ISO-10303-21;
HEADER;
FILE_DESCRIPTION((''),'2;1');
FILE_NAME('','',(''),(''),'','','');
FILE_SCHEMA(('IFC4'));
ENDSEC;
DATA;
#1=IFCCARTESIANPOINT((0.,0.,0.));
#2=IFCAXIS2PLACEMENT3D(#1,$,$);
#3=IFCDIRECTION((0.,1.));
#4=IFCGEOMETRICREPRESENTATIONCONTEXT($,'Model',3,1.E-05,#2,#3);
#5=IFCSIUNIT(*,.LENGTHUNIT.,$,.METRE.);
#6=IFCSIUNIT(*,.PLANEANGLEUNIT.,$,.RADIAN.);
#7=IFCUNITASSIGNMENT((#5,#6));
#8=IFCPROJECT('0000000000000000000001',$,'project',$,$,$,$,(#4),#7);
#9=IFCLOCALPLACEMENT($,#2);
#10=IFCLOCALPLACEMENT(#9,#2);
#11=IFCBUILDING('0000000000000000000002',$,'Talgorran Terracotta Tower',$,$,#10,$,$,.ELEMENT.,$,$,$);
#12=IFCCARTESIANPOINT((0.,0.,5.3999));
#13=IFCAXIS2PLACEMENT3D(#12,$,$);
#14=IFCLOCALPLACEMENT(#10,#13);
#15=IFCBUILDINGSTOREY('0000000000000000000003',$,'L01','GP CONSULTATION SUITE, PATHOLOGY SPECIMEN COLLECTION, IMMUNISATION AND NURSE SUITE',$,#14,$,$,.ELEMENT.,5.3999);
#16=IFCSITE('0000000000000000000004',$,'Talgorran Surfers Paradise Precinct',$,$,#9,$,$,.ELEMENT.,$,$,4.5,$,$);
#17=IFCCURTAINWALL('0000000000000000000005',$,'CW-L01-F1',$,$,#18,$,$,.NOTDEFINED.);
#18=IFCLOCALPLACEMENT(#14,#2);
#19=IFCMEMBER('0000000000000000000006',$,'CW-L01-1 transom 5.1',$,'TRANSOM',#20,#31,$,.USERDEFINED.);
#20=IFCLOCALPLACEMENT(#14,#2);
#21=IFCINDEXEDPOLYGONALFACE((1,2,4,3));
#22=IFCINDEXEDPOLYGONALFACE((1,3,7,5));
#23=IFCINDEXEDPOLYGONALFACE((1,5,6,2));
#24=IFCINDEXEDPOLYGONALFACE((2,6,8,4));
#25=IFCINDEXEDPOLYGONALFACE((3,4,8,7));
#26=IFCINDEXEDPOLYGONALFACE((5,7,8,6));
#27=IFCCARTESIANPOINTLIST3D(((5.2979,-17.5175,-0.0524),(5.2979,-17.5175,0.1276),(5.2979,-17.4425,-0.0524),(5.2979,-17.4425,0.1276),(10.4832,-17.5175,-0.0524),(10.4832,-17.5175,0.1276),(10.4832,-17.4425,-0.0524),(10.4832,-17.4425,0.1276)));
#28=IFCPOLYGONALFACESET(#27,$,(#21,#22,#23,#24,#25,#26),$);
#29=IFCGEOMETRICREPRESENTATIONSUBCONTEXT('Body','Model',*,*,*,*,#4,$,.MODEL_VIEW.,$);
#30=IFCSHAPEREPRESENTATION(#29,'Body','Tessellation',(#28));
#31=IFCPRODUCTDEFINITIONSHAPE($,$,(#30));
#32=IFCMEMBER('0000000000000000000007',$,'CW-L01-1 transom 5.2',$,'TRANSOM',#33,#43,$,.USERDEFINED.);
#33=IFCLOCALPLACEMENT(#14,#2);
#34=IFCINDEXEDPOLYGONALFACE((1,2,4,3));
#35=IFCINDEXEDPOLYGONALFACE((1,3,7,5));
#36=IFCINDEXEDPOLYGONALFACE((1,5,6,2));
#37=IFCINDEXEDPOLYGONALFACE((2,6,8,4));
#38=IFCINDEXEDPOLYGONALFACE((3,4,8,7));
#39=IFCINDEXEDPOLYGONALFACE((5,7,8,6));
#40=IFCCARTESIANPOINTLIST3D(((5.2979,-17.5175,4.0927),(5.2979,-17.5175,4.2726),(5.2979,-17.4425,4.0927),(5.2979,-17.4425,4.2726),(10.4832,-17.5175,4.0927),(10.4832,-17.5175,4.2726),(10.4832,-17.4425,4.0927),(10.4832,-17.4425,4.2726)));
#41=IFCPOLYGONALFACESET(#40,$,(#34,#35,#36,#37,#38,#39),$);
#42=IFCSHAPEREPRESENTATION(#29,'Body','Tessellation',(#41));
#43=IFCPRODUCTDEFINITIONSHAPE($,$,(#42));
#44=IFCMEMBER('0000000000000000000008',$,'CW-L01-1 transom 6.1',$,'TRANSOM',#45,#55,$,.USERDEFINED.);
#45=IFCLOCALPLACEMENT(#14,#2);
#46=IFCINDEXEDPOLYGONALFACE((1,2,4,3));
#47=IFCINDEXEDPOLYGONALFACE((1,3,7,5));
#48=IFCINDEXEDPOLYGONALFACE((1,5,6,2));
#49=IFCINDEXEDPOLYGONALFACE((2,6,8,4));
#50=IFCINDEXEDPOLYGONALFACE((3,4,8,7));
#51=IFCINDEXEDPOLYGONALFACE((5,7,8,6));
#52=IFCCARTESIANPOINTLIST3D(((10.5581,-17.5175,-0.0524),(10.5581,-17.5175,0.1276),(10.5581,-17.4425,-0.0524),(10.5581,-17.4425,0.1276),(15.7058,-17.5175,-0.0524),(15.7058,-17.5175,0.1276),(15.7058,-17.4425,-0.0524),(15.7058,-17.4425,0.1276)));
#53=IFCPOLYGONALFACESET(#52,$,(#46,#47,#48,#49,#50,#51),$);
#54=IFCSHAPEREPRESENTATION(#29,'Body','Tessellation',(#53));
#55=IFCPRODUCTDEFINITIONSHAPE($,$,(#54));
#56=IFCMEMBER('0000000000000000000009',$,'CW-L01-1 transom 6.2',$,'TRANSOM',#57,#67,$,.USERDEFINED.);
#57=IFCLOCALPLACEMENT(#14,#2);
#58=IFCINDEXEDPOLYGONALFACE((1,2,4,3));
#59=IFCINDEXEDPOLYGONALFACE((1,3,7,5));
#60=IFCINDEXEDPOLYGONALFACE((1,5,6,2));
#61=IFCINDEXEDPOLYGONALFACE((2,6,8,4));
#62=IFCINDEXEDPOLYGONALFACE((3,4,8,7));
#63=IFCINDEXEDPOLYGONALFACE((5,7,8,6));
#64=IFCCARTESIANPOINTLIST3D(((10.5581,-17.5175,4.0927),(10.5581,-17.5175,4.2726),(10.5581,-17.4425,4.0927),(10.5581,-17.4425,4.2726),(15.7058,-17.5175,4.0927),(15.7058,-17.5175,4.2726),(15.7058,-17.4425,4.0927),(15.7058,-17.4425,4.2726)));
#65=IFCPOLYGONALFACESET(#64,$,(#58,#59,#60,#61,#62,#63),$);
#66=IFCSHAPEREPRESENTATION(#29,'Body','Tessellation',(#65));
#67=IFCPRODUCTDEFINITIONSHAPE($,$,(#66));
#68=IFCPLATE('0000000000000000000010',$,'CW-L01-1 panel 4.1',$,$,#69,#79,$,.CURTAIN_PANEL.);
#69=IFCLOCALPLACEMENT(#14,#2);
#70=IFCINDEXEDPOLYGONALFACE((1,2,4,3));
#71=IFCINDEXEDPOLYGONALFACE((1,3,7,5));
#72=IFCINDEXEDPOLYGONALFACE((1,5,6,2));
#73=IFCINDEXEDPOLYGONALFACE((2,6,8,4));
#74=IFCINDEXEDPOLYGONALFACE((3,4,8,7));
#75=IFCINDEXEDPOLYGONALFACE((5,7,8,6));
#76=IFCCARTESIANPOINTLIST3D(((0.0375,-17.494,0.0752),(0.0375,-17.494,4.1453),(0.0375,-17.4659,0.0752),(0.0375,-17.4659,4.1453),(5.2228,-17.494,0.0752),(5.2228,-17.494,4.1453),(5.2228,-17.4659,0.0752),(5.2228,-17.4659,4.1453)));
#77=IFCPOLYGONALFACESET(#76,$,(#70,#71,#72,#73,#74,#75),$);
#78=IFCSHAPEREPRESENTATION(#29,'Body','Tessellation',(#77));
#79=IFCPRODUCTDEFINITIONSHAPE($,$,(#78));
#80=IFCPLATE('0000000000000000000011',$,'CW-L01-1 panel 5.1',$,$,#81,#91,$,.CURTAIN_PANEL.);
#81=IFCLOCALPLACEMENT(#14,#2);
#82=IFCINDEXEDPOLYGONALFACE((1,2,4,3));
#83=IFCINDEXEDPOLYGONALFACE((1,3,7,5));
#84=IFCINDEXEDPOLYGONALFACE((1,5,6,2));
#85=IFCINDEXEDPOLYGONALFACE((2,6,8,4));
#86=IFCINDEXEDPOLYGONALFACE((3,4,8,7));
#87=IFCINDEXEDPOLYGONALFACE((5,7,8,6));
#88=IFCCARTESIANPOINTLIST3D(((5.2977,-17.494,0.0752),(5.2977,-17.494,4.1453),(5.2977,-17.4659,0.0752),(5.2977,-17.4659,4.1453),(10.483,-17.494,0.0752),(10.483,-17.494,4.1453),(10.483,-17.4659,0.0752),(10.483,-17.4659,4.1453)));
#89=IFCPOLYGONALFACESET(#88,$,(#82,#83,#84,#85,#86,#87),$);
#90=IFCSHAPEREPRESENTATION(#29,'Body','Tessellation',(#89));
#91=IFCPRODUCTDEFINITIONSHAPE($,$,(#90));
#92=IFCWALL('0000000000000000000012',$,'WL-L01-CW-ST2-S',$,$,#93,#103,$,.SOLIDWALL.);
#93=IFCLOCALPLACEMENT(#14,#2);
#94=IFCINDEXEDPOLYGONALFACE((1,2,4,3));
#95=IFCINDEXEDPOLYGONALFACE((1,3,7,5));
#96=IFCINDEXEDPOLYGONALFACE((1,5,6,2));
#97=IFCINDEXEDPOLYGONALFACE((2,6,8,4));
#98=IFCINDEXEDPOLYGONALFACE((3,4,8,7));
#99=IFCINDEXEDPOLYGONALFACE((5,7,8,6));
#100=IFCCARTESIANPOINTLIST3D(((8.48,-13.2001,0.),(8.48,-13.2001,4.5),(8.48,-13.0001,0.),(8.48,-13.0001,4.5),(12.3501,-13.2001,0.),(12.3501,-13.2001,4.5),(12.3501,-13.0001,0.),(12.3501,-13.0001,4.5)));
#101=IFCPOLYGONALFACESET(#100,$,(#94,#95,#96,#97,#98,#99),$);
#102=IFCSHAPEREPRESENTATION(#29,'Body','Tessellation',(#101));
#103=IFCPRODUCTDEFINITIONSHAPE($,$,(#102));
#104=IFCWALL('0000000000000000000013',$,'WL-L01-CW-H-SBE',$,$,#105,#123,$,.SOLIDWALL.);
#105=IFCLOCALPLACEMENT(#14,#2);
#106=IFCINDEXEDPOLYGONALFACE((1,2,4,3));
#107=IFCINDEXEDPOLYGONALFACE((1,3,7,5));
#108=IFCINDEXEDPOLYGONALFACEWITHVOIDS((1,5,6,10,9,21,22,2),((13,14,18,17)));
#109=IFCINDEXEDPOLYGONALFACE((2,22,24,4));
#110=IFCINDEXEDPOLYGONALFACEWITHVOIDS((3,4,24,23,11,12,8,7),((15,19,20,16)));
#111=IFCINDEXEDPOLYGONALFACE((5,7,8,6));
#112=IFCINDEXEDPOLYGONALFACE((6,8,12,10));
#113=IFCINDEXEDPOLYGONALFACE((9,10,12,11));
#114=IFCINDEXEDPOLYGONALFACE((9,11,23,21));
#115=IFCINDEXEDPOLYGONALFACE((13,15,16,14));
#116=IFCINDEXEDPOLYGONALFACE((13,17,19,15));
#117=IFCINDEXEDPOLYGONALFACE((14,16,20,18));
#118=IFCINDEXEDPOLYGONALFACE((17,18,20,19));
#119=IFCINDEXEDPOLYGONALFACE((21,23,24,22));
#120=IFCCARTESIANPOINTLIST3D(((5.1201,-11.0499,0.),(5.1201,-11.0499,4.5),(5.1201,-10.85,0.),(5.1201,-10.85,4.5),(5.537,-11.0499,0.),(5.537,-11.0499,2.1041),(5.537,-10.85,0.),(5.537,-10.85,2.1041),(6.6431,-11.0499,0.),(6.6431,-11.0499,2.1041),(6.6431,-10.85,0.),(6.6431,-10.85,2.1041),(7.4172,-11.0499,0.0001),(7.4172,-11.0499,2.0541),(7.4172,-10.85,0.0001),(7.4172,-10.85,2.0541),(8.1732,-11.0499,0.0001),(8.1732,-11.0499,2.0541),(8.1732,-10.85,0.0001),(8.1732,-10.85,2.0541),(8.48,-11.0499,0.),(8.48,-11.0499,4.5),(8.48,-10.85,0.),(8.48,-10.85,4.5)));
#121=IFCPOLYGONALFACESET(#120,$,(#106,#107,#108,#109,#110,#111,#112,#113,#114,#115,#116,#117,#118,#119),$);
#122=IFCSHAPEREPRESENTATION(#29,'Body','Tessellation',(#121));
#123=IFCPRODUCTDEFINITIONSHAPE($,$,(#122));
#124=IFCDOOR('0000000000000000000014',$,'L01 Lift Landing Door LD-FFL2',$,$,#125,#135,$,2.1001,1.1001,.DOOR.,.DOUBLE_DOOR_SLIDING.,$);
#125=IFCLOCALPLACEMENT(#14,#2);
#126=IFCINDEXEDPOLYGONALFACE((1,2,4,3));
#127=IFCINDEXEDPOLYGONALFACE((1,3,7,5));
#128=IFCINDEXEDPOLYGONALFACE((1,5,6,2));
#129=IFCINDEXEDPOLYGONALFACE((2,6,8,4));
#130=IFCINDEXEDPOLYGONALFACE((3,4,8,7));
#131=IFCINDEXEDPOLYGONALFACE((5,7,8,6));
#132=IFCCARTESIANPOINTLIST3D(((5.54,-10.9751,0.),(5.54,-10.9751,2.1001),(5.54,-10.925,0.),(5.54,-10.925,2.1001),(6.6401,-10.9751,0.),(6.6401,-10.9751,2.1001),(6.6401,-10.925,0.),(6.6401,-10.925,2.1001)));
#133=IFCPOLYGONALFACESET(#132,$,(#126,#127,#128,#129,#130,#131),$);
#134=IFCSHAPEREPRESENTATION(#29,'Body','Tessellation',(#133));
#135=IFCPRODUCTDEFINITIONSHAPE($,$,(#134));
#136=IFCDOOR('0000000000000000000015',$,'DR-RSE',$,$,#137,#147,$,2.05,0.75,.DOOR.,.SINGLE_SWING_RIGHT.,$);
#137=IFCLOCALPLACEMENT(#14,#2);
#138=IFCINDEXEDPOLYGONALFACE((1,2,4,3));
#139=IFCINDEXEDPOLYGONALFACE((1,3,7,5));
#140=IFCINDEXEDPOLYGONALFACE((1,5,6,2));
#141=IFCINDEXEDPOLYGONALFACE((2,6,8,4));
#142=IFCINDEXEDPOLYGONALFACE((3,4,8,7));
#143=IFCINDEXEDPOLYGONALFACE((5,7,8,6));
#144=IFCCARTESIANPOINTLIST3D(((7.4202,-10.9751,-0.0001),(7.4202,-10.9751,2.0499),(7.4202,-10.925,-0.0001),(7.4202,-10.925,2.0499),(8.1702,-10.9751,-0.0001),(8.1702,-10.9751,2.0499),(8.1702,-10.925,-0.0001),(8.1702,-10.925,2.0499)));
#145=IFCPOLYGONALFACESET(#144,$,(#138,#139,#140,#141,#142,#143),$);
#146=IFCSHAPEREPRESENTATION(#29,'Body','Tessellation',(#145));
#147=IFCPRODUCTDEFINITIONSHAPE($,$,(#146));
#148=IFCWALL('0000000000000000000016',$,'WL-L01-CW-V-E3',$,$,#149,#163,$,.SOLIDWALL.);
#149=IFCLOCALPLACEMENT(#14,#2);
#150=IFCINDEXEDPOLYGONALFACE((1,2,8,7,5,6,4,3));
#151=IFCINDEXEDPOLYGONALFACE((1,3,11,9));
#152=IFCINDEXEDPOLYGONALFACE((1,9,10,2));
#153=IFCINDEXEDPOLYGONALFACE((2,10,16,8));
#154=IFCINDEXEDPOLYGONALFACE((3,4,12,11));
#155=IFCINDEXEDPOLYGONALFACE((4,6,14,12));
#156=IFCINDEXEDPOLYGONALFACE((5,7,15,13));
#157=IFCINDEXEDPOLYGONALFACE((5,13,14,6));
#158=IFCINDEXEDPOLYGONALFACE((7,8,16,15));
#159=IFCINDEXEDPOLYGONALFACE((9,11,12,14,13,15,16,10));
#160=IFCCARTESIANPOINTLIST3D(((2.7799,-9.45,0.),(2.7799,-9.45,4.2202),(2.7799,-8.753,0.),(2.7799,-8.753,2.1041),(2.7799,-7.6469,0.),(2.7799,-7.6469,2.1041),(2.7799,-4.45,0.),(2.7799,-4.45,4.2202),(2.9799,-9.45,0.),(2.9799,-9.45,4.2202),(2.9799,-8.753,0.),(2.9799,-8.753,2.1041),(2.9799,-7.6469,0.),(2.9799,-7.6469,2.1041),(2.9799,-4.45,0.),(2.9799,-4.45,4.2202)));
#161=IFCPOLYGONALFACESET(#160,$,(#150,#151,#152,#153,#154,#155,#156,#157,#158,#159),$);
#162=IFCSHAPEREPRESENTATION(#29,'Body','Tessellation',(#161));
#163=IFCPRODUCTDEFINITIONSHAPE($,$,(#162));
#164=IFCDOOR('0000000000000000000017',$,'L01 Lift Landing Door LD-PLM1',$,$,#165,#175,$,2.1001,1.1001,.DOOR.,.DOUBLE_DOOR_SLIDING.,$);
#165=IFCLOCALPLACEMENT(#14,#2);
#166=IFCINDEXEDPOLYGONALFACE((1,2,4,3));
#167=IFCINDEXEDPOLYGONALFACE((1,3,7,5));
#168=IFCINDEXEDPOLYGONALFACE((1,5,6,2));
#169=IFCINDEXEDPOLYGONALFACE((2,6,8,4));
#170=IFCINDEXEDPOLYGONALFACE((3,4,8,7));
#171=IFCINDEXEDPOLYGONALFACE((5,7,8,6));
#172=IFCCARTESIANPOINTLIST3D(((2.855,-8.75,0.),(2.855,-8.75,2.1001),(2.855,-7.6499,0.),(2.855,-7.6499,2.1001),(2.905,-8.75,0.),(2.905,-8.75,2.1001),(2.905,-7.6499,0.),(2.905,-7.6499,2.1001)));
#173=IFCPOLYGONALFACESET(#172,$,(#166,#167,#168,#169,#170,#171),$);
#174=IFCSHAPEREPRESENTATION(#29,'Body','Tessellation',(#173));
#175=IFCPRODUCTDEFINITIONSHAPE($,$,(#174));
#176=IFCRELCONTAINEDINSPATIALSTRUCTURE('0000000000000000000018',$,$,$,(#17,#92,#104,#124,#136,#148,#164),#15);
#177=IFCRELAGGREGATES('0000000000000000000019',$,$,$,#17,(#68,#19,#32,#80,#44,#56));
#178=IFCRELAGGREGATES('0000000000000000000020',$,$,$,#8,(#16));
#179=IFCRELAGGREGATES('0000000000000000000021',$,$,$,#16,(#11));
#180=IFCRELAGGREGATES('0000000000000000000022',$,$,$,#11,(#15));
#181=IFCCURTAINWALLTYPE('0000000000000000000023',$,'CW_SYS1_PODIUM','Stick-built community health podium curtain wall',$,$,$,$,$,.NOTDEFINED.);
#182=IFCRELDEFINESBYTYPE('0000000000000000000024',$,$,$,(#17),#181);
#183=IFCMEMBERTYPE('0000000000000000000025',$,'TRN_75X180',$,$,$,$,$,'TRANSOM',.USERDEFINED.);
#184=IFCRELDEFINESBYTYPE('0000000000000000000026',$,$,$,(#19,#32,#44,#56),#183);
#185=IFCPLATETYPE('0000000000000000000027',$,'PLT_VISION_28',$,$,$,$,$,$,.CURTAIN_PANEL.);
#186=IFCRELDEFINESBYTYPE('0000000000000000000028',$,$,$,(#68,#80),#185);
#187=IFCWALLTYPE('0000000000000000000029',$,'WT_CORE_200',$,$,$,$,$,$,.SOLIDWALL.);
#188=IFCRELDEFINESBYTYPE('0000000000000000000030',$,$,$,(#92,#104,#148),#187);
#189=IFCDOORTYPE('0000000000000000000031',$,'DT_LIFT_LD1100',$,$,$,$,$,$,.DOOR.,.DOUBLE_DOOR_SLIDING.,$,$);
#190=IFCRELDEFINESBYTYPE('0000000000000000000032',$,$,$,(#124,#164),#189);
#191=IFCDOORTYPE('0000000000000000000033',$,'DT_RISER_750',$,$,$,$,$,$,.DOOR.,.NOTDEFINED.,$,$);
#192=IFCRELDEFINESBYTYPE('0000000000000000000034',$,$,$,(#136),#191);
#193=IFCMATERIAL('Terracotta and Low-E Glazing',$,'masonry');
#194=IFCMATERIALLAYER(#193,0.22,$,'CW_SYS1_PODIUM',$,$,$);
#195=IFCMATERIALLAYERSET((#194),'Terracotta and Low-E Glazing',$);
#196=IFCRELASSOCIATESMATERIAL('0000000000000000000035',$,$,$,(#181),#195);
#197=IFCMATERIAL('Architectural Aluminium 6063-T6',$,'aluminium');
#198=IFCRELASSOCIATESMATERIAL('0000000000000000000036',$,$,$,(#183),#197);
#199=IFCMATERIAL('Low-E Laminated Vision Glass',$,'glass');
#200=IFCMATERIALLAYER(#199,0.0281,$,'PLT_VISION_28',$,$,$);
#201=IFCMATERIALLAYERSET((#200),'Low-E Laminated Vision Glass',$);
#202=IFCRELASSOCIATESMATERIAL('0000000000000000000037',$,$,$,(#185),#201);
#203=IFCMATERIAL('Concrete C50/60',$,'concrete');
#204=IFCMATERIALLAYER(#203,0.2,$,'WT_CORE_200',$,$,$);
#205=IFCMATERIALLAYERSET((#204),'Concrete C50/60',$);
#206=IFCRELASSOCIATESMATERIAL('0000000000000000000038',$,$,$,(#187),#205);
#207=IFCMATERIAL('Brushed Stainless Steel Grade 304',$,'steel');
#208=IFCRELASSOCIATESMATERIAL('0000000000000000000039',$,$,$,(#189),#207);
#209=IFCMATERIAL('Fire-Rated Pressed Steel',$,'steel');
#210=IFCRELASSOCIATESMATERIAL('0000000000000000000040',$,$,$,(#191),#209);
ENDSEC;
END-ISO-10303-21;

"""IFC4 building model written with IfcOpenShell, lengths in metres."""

from ifc_helpers import new_model, si_unit, direction, frame, frame_2d, origin, origin_2d, place, context, subcontext, project, spatial, rectangle, extrude, source, transform, mapped, material, layer, layer_set, material_profile, profile_set, type_object, type_shapes, element, fill, aggregate, save


model = new_model("IFC4")

# Units and contexts
model_context = context("Model", 3, precision=1e-05, world=origin(), true_north=direction((0.0, 1.0)))
body_context = subcontext(model_context, "Body", "Model", "MODEL_VIEW")
ifc_project = project(units=[si_unit("LENGTHUNIT", "METRE"), si_unit("PLANEANGLEUNIT", "RADIAN")], contexts=[model_context])

# Site, building, storey
site_placement = place(None, origin())
site = spatial("IfcSite", under=ifc_project, at=site_placement, Name="Talgorran Surfers Paradise Precinct", CompositionType="ELEMENT", RefElevation=4.5)
building_placement = place(site_placement, origin())
building = spatial("IfcBuilding", under=site, at=building_placement, Name="Talgorran Terracotta Tower", CompositionType="ELEMENT")
storey_placement = place(building_placement, frame((0.0, 0.0, 5.3999)))
storey = spatial("IfcBuildingStorey", under=building, at=storey_placement, Name="L01", Description="GP CONSULTATION SUITE, PATHOLOGY SPECIMEN COLLECTION, IMMUNISATION AND NURSE SUITE", CompositionType="ELEMENT", Elevation=5.3999)

# Curtain wall, members, plates
ifc_material_1 = material(Name="Terracotta and Low-E Glazing", Category="masonry")
ifc_layer_1 = layer(ifc_material_1, 0.22, Name="CW_SYS1_PODIUM")
ifc_layer_set_1 = layer_set([ifc_layer_1], Name="Terracotta and Low-E Glazing")
curtain_wall_type = type_object("IfcCurtainWallType", Name="CW_SYS1_PODIUM", Description="Stick-built community health podium curtain wall", PredefinedType="NOTDEFINED", material=ifc_layer_set_1)
curtain_wall_placement = place(storey_placement, origin())
curtain_wall = element("IfcCurtainWall", 1, at=curtain_wall_placement, inside=storey, type_object=curtain_wall_type, Name="CW-L01-F1", PredefinedType="NOTDEFINED")
ifc_material_2 = material(Name="Architectural Aluminium 6063-T6", Category="aluminium")
ifc_material_profile_1 = material_profile(ifc_material_2, rectangle(XDim=0.075, YDim=0.1799, at=origin_2d()), Name="CWT75X180")
ifc_profile_set_1 = profile_set([ifc_material_profile_1], Name="Architectural Aluminium 6063-T6")
member_type_1 = type_object("IfcMemberType", Name="TRN_75X180", ElementType="TRANSOM", PredefinedType="USERDEFINED", material=ifc_profile_set_1)
member_1_placement = place(storey_placement, frame((5.2979, -17.48, 0.0376), z_axis=(1.0, 0.0, 0.0), x_axis=(0.0, 1.0, 0.0)))
member_1 = element("IfcMember", 2, at=member_1_placement, type_object=member_type_1, Name="CW-L01-1 transom 5.1", ObjectType="TRANSOM", PredefinedType="USERDEFINED", context=body_context, shape_type="SweptSolid", body=[
    extrude(rectangle(XDim=0.075, YDim=0.1799, at=origin_2d()), origin(), (0.0, 0.0, 1.0), 5.1853),
])
member_2_placement = place(storey_placement, frame((5.2979, -17.48, 4.1826), z_axis=(1.0, 0.0, 0.0), x_axis=(0.0, 1.0, 0.0)))
member_2 = element("IfcMember", 3, at=member_2_placement, type_object=member_type_1, Name="CW-L01-1 transom 5.2", ObjectType="TRANSOM", PredefinedType="USERDEFINED", context=body_context, shape_type="SweptSolid", body=[
    extrude(rectangle(XDim=0.075, YDim=0.1799, at=origin_2d()), origin(), (0.0, 0.0, 1.0), 5.1853),
])
member_3_placement = place(storey_placement, frame((10.5581, -17.48, 0.0376), z_axis=(1.0, 0.0, 0.0), x_axis=(0.0, 1.0, 0.0)))
member_3 = element("IfcMember", 4, at=member_3_placement, type_object=member_type_1, Name="CW-L01-1 transom 6.1", ObjectType="TRANSOM", PredefinedType="USERDEFINED", context=body_context, shape_type="SweptSolid", body=[
    extrude(rectangle(XDim=0.075, YDim=0.1799, at=origin_2d()), origin(), (0.0, 0.0, 1.0), 5.1477),
])
member_4_placement = place(storey_placement, frame((10.5581, -17.48, 4.1826), z_axis=(1.0, 0.0, 0.0), x_axis=(0.0, 1.0, 0.0)))
member_4 = element("IfcMember", 5, at=member_4_placement, type_object=member_type_1, Name="CW-L01-1 transom 6.2", ObjectType="TRANSOM", PredefinedType="USERDEFINED", context=body_context, shape_type="SweptSolid", body=[
    extrude(rectangle(XDim=0.075, YDim=0.1799, at=origin_2d()), origin(), (0.0, 0.0, 1.0), 5.1477),
])
ifc_material_3 = material(Name="Low-E Laminated Vision Glass", Category="glass")
ifc_layer_2 = layer(ifc_material_3, 0.0281, Name="PLT_VISION_28")
ifc_layer_set_2 = layer_set([ifc_layer_2], Name="Low-E Laminated Vision Glass")
plate_type = type_object("IfcPlateType", Name="PLT_VISION_28", PredefinedType="CURTAIN_PANEL", material=ifc_layer_set_2)
shared_shape_1 = source(origin(), body_context, "Body", "SweptSolid", [
    extrude(rectangle(XDim=5.1853, YDim=0.0281, at=origin_2d()), origin(), (0.0, 0.0, 1.0), 4.0701),
])
type_shapes(plate_type, [shared_shape_1])
plate_1_placement = place(storey_placement, frame((2.6301, -17.48, 0.0752), z_axis=(0.0, 0.0, 1.0), x_axis=(1.0, 0.0, 0.0)))
plate_1 = element("IfcPlate", 6, at=plate_1_placement, type_object=plate_type, Name="CW-L01-1 panel 4.1", PredefinedType="CURTAIN_PANEL", context=body_context, shape_type="MappedRepresentation", body=[
    mapped(shared_shape_1, transform((0.0, 0.0, 0.0), scale=1.0)),
])
plate_2_placement = place(storey_placement, frame((7.8904, -17.48, 0.0752), z_axis=(0.0, 0.0, 1.0), x_axis=(1.0, 0.0, 0.0)))
plate_2 = element("IfcPlate", 7, at=plate_2_placement, type_object=plate_type, Name="CW-L01-1 panel 5.1", PredefinedType="CURTAIN_PANEL", context=body_context, shape_type="MappedRepresentation", body=[
    mapped(shared_shape_1, transform((0.0, 0.0, 0.0), scale=1.0)),
])
aggregate(curtain_wall, [plate_1, member_1, member_2, plate_2, member_3, member_4])

# Wall
ifc_material_4 = material(Name="Concrete C50/60", Category="concrete")
ifc_layer_3 = layer(ifc_material_4, 0.2, Name="WT_CORE_200")
ifc_layer_set_3 = layer_set([ifc_layer_3], Name="Concrete C50/60")
wall_type_1 = type_object("IfcWallType", Name="WT_CORE_200", PredefinedType="SOLIDWALL", material=ifc_layer_set_3)
wall_1_placement = place(storey_placement, frame((8.48, -13.1001, 0.0), z_axis=(0.0, 0.0, 1.0), x_axis=(1.0, 0.0, 0.0)))
element("IfcWall", 8, at=wall_1_placement, inside=storey, type_object=wall_type_1, Name="WL-L01-CW-ST2-S", PredefinedType="SOLIDWALL", context=body_context, shape_type="SweptSolid", body=[
    extrude(rectangle(XDim=3.8701, YDim=0.2, at=frame_2d((1.9351, 0.0))), origin(), (0.0, 0.0, 1.0), 4.5),
])

# Wall, openings, doors
wall_2_placement = place(storey_placement, frame((5.1201, -10.95, 0.0), z_axis=(0.0, 0.0, 1.0), x_axis=(1.0, 0.0, 0.0)))
wall_2 = element("IfcWall", 9, at=wall_2_placement, inside=storey, type_object=wall_type_1, Name="WL-L01-CW-H-SBE", PredefinedType="SOLIDWALL", context=body_context, shape_type="SweptSolid", body=[
    extrude(rectangle(XDim=3.3599, YDim=0.2, at=frame_2d((1.6799, 0.0))), origin(), (0.0, 0.0, 1.0), 4.5),
])
opening_1_placement = place(wall_2_placement, frame((0.4199, 0.0, 0.0)))
opening_1 = element("IfcOpeningElement", 10, at=opening_1_placement, cuts=wall_2, PredefinedType="OPENING", context=body_context, shape_type="SweptSolid", body=[
    extrude(rectangle(XDim=1.1061, YDim=2.1041, at=frame_2d((0.55, 1.052))), frame((0.0, 0.1099, 0.0), z_axis=(0.0, -1.0, 0.0), x_axis=(1.0, 0.0, 0.0)), (0.0, 0.0, 1.0), 0.22),
])
opening_2_placement = place(wall_2_placement, frame((2.3, 0.0, 0.0)))
opening_2 = element("IfcOpeningElement", 11, at=opening_2_placement, cuts=wall_2, PredefinedType="OPENING", context=body_context, shape_type="SweptSolid", body=[
    extrude(rectangle(XDim=0.756, YDim=2.054, at=frame_2d((0.375, 1.0271))), frame((0.0, 0.1099, 0.0), z_axis=(0.0, -1.0, 0.0), x_axis=(1.0, 0.0, 0.0)), (0.0, 0.0, 1.0), 0.22),
])
ifc_material_5 = material(Name="Brushed Stainless Steel Grade 304", Category="steel")
door_type_1 = type_object("IfcDoorType", Name="DT_LIFT_LD1100", OperationType="DOUBLE_DOOR_SLIDING", PredefinedType="DOOR", material=ifc_material_5)
door_1_placement = place(opening_1_placement, origin())
door_1 = element("IfcDoor", 12, at=door_1_placement, inside=storey, type_object=door_type_1, Name="L01 Lift Landing Door LD-FFL2", OperationType="DOUBLE_DOOR_SLIDING", OverallHeight=2.1001, OverallWidth=1.1001, PredefinedType="DOOR", context=body_context, shape_type="SweptSolid", body=[
    extrude(rectangle(XDim=1.1001, YDim=2.1001, at=frame_2d((0.55, 1.05))), frame((0.0, 0.0249, 0.0), z_axis=(0.0, -1.0, 0.0), x_axis=(1.0, 0.0, 0.0)), (0.0, 0.0, 1.0), 0.05),
])
fill(opening_1, door_1)
ifc_material_6 = material(Name="Fire-Rated Pressed Steel", Category="steel")
door_type_2 = type_object("IfcDoorType", Name="DT_RISER_750", OperationType="NOTDEFINED", PredefinedType="DOOR", material=ifc_material_6)
door_2_placement = place(opening_2_placement, origin())
door_2 = element("IfcDoor", 13, at=door_2_placement, inside=storey, type_object=door_type_2, Name="DR-RSE", OperationType="SINGLE_SWING_RIGHT", OverallHeight=2.05, OverallWidth=0.75, PredefinedType="DOOR", context=body_context, shape_type="SweptSolid", body=[
    extrude(rectangle(XDim=0.75, YDim=2.05, at=frame_2d((0.375, 1.0249))), frame((0.0, 0.0249, 0.0), z_axis=(0.0, -1.0, 0.0), x_axis=(1.0, 0.0, 0.0)), (0.0, 0.0, 1.0), 0.05),
])
fill(opening_2, door_2)

# Wall, opening, door
wall_3_placement = place(storey_placement, frame((2.8799, -9.45, 0.0), z_axis=(0.0, 0.0, 1.0), x_axis=(0.0, 1.0, 0.0)))
wall_3 = element("IfcWall", 14, at=wall_3_placement, inside=storey, type_object=wall_type_1, Name="WL-L01-CW-V-E3", PredefinedType="SOLIDWALL", context=body_context, shape_type="SweptSolid", body=[
    extrude(rectangle(XDim=5.0, YDim=0.2, at=frame_2d((2.5, 0.0))), origin(), (0.0, 0.0, 1.0), 4.2202),
])
opening_3_placement = place(wall_3_placement, frame((0.7, 0.0, 0.0)))
opening_3 = element("IfcOpeningElement", 15, at=opening_3_placement, cuts=wall_3, PredefinedType="OPENING", context=body_context, shape_type="SweptSolid", body=[
    extrude(rectangle(XDim=1.1061, YDim=2.1041, at=frame_2d((0.55, 1.052))), frame((0.0, 0.1099, 0.0), z_axis=(0.0, -1.0, 0.0), x_axis=(1.0, 0.0, 0.0)), (0.0, 0.0, 1.0), 0.22),
])
door_3_placement = place(opening_3_placement, origin())
door_3 = element("IfcDoor", 16, at=door_3_placement, inside=storey, type_object=door_type_1, Name="L01 Lift Landing Door LD-PLM1", OperationType="DOUBLE_DOOR_SLIDING", OverallHeight=2.1001, OverallWidth=1.1001, PredefinedType="DOOR", context=body_context, shape_type="SweptSolid", body=[
    extrude(rectangle(XDim=1.1001, YDim=2.1001, at=frame_2d((0.55, 1.05))), frame((0.0, 0.0249, 0.0), z_axis=(0.0, -1.0, 0.0), x_axis=(1.0, 0.0, 0.0)), (0.0, 0.0, 1.0), 0.05),
])
fill(opening_3, door_3)

save(model, "model.ifc")
